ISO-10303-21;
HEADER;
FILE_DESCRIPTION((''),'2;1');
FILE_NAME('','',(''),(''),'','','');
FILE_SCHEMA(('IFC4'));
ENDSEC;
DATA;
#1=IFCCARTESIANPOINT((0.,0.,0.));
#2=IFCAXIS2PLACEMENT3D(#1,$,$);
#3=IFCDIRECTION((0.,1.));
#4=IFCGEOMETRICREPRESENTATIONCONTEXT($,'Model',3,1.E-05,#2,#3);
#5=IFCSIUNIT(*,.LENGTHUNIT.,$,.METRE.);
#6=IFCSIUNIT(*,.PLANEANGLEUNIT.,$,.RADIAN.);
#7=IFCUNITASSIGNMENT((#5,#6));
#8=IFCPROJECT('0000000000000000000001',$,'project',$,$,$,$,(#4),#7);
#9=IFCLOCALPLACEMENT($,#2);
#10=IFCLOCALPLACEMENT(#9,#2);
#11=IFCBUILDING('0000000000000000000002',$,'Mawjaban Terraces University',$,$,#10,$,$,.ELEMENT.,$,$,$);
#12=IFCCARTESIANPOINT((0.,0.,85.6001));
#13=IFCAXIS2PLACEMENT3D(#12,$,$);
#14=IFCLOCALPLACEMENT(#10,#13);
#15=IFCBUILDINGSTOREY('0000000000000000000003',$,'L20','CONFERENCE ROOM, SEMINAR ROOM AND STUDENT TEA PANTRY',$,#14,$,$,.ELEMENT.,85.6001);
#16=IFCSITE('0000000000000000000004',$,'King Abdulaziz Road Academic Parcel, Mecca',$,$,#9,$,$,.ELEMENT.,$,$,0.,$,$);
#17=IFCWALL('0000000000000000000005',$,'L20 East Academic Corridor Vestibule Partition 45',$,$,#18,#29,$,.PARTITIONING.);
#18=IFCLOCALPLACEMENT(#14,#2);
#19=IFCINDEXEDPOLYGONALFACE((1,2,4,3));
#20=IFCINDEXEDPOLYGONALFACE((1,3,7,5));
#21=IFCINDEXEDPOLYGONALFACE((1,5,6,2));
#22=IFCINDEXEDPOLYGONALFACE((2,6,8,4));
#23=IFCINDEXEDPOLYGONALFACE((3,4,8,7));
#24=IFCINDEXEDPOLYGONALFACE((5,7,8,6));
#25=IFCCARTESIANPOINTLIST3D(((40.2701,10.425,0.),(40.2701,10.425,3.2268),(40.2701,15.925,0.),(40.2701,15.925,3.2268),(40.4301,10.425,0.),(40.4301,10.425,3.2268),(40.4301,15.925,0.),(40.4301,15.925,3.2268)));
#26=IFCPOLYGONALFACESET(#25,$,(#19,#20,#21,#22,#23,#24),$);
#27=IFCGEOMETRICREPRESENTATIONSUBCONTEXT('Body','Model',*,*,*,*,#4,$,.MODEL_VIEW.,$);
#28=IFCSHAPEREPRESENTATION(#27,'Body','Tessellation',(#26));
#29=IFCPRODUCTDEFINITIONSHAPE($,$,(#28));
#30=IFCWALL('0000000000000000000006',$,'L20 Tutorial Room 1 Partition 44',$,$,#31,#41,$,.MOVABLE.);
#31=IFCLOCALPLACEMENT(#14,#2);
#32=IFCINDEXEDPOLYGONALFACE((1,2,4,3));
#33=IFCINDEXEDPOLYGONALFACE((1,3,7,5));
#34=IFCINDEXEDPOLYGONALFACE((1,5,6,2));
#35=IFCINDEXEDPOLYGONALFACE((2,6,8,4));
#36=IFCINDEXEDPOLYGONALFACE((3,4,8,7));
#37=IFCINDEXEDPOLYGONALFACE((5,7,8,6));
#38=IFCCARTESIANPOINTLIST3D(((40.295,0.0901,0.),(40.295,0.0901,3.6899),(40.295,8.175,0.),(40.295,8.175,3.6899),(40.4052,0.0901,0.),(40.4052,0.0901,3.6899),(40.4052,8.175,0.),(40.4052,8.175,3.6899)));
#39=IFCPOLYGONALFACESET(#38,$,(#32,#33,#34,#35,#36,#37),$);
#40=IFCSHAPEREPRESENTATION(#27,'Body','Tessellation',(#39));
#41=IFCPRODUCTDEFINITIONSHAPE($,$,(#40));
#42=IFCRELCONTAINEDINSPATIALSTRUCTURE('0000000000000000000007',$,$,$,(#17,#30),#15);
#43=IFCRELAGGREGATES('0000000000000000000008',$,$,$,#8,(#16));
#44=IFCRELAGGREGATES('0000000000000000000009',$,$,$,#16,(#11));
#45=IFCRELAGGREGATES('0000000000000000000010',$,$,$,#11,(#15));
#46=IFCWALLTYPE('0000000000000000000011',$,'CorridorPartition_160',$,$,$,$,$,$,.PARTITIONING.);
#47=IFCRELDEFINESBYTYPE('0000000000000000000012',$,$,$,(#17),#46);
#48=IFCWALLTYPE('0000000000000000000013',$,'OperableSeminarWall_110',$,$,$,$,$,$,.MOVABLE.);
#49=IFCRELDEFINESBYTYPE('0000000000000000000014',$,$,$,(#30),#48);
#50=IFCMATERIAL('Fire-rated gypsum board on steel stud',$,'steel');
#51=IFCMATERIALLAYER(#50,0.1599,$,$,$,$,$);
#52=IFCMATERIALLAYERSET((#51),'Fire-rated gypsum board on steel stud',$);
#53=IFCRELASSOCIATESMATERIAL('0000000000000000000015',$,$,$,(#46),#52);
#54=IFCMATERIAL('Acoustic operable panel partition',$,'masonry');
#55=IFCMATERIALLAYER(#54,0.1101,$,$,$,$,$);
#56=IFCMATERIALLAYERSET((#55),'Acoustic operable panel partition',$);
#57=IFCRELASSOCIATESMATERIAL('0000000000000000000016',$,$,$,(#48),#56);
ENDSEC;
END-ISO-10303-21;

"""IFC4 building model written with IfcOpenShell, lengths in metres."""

from ifc_helpers import new_model, si_unit, direction, frame, frame_2d, origin, place, context, subcontext, project, spatial, rectangle, extrude, material, layer, layer_set, type_object, element, save


model = new_model("IFC4")

# Units and contexts
model_context = context("Model", 3, precision=1e-05, world=origin(), true_north=direction((0.0, 1.0)))
body_context = subcontext(model_context, "Body", "Model", "MODEL_VIEW")
ifc_project = project(units=[si_unit("LENGTHUNIT", "METRE"), si_unit("PLANEANGLEUNIT", "RADIAN")], contexts=[model_context])

# Site, building, storey
site_placement = place(None, origin())
site = spatial("IfcSite", under=ifc_project, at=site_placement, Name="King Abdulaziz Road Academic Parcel, Mecca", CompositionType="ELEMENT", RefElevation=0.0)
building_placement = place(site_placement, origin())
building = spatial("IfcBuilding", under=site, at=building_placement, Name="Mawjaban Terraces University", CompositionType="ELEMENT")
storey_placement = place(building_placement, frame((0.0, 0.0, 85.6001)))
storey = spatial("IfcBuildingStorey", under=building, at=storey_placement, Name="L20", Description="CONFERENCE ROOM, SEMINAR ROOM AND STUDENT TEA PANTRY", CompositionType="ELEMENT", Elevation=85.6001)

# Shared definitions
ifc_material_1 = material(Name="Fire-rated gypsum board on steel stud", Category="steel")
ifc_layer_1 = layer(ifc_material_1, 0.1599)
ifc_layer_set_1 = layer_set([ifc_layer_1], Name="Fire-rated gypsum board on steel stud")
wall_type_1 = type_object("IfcWallType", Name="CorridorPartition_160", PredefinedType="PARTITIONING", material=ifc_layer_set_1)

# Walls
wall_1_placement = place(storey_placement, frame((40.3501, 10.425, 0.0), z_axis=(0.0, 0.0, 1.0), x_axis=(0.0, 1.0, 0.0)))
element("IfcWall", 1, at=wall_1_placement, inside=storey, type_object=wall_type_1, Name="L20 East Academic Corridor Vestibule Partition 45", PredefinedType="PARTITIONING", context=body_context, shape_type="SweptSolid", body=[
    extrude(rectangle(XDim=5.5, YDim=0.1599, at=frame_2d((2.75, 0.0))), origin(), (0.0, 0.0, 1.0), 3.2268),
])
ifc_material_2 = material(Name="Acoustic operable panel partition", Category="masonry")
ifc_layer_2 = layer(ifc_material_2, 0.1101)
ifc_layer_set_2 = layer_set([ifc_layer_2], Name="Acoustic operable panel partition")
wall_type_2 = type_object("IfcWallType", Name="OperableSeminarWall_110", PredefinedType="MOVABLE", material=ifc_layer_set_2)
wall_2_placement = place(storey_placement, frame((40.3501, 0.0901, 0.0), z_axis=(0.0, 0.0, 1.0), x_axis=(0.0, 1.0, 0.0)))
element("IfcWall", 2, at=wall_2_placement, inside=storey, type_object=wall_type_2, Name="L20 Tutorial Room 1 Partition 44", PredefinedType="MOVABLE", context=body_context, shape_type="SweptSolid", body=[
    extrude(rectangle(XDim=8.085, YDim=0.1101, at=frame_2d((4.0425, 0.0))), origin(), (0.0, 0.0, 1.0), 3.6899),
])

save(model, "model.ifc")
